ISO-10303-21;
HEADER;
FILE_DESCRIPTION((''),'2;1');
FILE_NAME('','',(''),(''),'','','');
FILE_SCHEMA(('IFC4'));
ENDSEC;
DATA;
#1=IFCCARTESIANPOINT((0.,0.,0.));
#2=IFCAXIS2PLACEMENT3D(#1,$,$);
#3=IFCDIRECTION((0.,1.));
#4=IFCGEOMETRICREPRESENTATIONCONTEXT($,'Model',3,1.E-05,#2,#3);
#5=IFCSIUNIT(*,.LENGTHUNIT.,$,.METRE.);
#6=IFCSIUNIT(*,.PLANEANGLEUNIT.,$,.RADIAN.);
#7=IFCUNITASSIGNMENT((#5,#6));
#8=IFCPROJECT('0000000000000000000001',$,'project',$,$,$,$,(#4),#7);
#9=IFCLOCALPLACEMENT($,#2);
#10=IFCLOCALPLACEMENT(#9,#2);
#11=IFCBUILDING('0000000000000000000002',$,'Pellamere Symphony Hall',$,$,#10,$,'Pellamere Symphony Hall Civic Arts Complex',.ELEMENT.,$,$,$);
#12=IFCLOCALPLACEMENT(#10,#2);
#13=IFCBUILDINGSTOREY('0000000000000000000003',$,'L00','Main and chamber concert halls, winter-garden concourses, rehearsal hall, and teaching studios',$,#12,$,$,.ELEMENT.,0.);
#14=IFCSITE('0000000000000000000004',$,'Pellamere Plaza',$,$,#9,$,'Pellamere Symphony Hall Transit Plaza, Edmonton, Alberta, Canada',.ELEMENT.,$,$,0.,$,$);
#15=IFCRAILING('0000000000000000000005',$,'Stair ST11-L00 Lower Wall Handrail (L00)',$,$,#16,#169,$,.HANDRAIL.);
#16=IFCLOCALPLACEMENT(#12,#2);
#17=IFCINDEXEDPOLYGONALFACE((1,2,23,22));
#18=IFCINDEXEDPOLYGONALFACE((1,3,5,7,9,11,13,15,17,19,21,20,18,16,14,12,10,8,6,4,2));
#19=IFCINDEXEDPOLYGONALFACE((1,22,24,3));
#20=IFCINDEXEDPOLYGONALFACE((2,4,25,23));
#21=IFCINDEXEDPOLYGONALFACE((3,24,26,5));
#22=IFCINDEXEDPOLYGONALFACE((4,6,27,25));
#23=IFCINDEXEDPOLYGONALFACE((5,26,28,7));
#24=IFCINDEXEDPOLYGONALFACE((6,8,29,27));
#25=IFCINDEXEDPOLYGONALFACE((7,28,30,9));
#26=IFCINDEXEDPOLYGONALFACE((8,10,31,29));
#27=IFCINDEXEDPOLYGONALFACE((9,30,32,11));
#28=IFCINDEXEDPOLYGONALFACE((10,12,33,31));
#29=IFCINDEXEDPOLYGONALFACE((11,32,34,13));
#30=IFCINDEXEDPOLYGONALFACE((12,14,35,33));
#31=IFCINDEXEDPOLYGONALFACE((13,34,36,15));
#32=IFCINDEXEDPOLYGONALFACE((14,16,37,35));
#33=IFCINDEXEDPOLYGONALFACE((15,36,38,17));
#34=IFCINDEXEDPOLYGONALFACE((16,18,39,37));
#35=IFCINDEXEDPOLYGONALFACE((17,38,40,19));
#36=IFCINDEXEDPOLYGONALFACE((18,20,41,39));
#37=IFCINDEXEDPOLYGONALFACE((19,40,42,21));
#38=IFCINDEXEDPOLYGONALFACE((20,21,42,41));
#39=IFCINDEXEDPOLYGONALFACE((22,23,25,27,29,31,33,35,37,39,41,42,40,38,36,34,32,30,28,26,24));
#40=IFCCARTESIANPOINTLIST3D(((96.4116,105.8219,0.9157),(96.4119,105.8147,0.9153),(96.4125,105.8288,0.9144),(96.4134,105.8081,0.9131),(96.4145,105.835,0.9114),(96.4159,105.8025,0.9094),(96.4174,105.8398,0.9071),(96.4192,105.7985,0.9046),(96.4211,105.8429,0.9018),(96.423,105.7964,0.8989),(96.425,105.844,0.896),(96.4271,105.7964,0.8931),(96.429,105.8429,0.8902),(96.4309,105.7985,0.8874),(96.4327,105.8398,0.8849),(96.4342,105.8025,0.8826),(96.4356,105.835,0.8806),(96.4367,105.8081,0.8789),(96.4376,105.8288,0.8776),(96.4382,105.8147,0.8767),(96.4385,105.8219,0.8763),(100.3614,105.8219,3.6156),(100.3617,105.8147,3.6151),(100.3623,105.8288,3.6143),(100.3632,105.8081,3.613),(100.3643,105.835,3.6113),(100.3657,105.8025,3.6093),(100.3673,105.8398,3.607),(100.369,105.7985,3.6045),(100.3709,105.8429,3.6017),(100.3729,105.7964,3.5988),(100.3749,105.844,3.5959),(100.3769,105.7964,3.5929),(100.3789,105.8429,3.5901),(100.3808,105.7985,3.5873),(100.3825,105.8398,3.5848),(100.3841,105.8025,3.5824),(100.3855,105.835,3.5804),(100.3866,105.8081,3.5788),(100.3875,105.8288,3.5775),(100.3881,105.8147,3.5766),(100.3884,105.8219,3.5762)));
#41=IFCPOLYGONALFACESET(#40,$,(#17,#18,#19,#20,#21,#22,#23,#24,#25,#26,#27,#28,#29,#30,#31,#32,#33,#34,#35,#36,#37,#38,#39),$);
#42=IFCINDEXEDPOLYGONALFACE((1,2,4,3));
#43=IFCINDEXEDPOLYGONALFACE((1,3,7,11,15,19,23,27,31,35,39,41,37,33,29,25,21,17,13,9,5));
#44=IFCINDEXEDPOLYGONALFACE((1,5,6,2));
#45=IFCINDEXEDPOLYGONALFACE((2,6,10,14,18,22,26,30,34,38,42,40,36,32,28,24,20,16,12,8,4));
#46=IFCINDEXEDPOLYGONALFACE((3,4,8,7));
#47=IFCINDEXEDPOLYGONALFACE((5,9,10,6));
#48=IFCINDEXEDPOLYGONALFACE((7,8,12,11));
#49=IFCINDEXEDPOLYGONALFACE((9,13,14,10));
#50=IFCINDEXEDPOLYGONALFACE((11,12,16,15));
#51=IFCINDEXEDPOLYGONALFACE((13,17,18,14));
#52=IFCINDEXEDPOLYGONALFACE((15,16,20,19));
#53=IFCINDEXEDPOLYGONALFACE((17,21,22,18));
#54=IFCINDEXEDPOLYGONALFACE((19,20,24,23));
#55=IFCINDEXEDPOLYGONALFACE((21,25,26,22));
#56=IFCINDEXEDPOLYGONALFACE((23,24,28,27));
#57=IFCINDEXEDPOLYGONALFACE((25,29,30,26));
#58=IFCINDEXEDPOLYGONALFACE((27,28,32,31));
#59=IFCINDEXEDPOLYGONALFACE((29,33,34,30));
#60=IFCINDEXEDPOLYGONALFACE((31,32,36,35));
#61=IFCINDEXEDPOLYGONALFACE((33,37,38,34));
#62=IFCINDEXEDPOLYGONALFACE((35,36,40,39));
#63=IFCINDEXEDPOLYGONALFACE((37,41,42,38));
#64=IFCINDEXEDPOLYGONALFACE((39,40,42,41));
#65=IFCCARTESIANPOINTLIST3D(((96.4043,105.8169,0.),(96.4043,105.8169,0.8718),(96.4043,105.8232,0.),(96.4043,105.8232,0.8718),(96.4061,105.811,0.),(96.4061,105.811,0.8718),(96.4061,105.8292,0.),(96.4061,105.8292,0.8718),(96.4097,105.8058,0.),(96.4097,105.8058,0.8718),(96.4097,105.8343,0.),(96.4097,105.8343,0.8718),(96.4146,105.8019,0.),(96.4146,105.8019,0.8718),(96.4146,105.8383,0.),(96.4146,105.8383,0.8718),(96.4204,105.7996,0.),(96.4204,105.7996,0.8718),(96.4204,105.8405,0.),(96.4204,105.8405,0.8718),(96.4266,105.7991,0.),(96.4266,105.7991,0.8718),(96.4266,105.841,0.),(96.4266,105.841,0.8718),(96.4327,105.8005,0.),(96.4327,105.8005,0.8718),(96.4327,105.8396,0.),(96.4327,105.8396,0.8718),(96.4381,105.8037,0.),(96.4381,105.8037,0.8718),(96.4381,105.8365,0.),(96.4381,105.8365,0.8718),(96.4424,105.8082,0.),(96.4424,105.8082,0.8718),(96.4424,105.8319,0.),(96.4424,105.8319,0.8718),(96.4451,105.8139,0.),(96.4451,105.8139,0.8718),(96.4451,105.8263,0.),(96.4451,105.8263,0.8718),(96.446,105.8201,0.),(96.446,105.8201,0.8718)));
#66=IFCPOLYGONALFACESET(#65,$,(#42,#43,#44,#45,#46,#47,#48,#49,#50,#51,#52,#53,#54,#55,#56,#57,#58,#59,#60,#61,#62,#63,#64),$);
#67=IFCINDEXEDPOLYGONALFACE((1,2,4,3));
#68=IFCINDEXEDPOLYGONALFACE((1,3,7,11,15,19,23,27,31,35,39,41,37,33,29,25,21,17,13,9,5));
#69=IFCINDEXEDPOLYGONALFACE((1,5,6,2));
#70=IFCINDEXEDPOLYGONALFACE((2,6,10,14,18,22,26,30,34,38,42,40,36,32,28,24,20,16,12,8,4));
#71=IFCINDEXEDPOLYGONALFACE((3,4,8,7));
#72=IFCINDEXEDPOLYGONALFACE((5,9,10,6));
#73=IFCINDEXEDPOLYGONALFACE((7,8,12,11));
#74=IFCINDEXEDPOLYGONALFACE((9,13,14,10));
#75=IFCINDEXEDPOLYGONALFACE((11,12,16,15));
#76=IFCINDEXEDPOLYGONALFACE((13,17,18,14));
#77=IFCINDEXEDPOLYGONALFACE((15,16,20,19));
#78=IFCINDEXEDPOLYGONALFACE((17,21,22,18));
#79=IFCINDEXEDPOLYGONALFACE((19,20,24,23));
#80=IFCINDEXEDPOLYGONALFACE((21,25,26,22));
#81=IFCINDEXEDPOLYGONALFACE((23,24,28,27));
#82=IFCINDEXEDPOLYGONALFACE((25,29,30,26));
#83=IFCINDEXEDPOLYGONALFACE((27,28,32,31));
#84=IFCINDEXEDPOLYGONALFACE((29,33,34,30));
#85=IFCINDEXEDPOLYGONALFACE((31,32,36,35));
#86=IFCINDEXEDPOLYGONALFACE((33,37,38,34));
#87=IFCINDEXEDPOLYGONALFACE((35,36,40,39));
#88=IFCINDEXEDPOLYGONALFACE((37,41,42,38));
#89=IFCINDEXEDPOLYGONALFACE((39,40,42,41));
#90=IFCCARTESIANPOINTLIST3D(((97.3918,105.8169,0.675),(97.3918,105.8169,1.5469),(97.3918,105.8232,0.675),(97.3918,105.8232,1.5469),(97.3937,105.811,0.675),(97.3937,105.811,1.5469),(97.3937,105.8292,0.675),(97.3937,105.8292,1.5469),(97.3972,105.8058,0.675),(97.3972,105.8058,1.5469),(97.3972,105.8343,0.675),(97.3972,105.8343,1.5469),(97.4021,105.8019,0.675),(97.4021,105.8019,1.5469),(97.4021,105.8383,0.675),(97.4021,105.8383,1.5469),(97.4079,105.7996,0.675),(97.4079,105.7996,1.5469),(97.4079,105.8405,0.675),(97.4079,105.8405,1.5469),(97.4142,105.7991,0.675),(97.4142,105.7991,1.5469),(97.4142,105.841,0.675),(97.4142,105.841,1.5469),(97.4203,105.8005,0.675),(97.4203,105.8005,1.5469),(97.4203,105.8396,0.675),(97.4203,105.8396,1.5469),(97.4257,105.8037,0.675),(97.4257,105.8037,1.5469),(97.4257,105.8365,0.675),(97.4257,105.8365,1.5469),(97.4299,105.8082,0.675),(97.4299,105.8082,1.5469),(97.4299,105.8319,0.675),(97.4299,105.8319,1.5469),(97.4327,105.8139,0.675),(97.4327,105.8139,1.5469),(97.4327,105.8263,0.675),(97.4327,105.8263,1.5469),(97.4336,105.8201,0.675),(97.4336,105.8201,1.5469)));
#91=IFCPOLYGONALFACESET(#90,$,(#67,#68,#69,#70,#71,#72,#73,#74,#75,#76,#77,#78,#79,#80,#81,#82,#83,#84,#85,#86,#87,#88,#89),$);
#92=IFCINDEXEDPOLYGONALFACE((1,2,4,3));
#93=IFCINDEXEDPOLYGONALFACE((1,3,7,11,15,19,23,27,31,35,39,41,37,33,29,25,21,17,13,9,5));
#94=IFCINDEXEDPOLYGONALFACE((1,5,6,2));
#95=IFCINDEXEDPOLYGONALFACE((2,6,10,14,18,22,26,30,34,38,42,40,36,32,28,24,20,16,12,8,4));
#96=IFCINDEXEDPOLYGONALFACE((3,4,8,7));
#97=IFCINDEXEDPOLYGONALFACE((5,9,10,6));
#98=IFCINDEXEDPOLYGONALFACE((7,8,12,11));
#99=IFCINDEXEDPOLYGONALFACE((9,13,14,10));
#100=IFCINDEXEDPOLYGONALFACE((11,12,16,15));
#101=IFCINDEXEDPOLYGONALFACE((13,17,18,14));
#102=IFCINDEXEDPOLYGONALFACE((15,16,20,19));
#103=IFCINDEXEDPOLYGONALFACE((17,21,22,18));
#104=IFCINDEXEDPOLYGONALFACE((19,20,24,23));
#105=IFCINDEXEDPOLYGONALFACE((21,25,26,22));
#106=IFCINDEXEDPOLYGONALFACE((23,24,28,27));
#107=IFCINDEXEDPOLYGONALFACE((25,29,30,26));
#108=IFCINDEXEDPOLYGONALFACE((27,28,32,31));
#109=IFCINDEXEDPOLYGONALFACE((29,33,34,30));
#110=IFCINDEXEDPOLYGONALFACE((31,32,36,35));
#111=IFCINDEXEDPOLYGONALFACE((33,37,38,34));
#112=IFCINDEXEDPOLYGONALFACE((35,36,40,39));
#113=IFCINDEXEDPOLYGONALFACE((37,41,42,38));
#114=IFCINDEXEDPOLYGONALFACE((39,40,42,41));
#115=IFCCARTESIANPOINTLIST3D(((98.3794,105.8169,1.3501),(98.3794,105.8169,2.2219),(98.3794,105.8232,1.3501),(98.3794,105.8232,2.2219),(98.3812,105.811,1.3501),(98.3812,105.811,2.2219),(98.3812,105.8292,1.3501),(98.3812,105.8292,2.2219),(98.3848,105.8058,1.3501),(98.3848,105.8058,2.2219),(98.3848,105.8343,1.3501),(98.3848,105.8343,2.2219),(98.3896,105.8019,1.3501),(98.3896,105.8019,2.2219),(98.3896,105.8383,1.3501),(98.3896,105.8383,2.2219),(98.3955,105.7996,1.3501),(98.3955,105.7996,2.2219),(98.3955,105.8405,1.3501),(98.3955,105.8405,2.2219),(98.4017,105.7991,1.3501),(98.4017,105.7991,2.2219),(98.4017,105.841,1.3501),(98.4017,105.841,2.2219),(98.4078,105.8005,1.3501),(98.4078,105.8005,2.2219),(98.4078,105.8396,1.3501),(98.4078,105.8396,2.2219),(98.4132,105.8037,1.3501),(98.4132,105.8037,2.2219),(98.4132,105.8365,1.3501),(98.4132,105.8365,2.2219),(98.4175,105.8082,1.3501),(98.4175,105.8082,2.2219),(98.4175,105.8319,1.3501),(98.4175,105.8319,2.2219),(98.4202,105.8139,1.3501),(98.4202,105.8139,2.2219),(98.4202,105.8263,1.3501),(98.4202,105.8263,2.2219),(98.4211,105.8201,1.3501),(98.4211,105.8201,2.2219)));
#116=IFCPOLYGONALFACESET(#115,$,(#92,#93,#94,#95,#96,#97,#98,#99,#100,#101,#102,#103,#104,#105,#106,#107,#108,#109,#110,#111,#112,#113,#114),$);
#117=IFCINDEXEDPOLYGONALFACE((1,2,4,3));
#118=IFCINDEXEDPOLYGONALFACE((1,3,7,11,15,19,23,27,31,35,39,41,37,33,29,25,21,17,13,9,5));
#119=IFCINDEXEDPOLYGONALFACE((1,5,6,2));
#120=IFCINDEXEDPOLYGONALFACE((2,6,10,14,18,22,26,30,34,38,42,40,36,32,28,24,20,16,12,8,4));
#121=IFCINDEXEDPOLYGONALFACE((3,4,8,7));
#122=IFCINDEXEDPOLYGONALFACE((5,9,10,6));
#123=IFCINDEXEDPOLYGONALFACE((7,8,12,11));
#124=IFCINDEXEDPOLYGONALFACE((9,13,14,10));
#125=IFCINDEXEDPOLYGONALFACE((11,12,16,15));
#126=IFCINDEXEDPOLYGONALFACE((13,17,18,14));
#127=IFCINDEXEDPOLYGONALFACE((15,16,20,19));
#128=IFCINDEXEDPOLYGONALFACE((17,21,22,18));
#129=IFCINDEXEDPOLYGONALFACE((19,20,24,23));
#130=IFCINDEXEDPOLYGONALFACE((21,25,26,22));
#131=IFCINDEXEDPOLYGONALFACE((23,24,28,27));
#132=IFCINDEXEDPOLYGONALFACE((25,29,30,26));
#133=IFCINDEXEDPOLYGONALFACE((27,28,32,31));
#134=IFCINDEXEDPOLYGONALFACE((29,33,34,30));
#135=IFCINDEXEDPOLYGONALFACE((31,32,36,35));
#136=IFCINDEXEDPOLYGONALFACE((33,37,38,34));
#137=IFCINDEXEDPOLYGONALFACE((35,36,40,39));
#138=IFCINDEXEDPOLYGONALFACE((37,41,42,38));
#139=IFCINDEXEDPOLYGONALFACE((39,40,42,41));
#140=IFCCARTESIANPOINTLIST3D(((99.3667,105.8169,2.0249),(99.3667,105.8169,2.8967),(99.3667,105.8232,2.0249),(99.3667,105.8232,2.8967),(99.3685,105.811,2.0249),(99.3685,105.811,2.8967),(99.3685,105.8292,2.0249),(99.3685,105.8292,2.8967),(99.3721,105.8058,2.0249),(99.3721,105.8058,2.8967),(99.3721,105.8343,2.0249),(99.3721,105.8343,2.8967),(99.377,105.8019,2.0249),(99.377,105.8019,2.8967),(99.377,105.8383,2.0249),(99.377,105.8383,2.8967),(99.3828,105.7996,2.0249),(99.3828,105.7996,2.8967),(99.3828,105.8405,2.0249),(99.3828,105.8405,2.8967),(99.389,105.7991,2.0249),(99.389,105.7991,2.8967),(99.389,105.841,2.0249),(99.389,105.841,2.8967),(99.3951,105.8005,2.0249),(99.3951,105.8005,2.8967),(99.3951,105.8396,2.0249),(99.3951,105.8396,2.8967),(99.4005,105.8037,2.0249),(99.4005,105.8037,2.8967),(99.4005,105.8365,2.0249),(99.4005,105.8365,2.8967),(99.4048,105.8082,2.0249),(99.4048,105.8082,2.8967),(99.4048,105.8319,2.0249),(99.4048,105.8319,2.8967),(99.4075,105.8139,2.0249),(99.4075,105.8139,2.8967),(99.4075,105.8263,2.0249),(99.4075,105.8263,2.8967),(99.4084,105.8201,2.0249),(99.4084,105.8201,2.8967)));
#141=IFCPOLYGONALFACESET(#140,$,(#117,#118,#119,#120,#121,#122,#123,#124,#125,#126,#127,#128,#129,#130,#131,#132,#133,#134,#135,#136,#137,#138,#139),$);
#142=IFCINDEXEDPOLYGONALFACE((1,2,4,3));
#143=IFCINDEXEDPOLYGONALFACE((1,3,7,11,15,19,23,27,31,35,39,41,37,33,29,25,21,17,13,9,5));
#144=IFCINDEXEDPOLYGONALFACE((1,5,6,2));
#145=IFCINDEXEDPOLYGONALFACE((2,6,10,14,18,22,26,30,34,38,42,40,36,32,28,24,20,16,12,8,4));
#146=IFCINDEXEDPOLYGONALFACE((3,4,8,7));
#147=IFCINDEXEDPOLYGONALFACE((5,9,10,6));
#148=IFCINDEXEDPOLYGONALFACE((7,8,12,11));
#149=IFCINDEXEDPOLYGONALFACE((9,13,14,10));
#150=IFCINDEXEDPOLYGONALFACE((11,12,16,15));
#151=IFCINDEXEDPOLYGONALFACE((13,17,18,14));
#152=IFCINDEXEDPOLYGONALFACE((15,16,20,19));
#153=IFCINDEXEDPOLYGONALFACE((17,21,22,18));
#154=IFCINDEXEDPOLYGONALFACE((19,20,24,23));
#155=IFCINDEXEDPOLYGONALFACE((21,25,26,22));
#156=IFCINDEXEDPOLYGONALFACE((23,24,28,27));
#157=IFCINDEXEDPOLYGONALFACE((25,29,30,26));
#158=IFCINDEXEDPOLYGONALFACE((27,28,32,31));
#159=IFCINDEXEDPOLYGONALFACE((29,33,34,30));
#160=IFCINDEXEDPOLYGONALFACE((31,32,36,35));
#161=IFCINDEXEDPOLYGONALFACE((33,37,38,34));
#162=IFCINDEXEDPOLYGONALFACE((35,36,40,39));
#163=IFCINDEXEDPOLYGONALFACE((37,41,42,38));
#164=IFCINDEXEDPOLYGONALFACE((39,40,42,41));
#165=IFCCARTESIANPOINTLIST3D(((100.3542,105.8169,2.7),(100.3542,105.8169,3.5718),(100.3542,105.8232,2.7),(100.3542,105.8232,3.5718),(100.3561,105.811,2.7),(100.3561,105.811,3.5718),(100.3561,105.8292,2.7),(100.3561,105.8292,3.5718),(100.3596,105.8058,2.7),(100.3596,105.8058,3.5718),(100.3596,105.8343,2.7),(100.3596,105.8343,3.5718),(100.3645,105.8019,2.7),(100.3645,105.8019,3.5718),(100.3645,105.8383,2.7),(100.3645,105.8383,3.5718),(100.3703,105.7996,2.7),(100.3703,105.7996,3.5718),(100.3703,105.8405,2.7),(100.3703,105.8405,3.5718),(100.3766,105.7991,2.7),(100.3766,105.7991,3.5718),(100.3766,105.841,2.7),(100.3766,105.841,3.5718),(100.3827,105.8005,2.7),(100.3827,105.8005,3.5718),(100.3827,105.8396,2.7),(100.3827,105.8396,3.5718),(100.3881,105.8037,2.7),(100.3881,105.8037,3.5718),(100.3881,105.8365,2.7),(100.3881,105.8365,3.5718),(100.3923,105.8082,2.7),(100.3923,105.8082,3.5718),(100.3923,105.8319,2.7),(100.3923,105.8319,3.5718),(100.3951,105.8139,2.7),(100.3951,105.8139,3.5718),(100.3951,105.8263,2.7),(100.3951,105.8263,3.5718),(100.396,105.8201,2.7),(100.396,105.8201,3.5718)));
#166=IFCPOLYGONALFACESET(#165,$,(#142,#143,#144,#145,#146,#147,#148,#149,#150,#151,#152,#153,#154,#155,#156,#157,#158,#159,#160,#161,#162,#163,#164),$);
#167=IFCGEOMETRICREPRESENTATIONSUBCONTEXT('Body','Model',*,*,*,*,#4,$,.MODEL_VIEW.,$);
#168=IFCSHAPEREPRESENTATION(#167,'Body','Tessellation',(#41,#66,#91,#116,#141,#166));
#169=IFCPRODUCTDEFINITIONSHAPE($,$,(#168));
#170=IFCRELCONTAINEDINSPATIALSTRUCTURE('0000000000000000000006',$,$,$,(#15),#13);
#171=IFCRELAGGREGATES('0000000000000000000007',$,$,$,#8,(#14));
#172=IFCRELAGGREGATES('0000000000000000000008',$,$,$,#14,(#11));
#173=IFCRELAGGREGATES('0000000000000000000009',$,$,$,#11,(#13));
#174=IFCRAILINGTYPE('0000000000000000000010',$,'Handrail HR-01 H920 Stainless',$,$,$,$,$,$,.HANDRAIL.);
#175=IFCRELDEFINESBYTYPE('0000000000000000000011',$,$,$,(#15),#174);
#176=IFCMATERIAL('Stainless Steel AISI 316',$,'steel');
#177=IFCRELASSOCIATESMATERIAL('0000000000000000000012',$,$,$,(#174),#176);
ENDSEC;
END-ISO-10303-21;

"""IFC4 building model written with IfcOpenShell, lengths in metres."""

from ifc_helpers import new_model, si_unit, direction, frame, origin, origin_2d, place, context, subcontext, project, spatial, circle, extrude, material, type_object, element, save


model = new_model("IFC4")

# Units and contexts
model_context = context("Model", 3, precision=1e-05, world=origin(), true_north=direction((0.0, 1.0)))
body_context = subcontext(model_context, "Body", "Model", "MODEL_VIEW")
ifc_project = project(units=[si_unit("LENGTHUNIT", "METRE"), si_unit("PLANEANGLEUNIT", "RADIAN")], contexts=[model_context])

# Site, building, storey
site_placement = place(None, origin())
site = spatial("IfcSite", under=ifc_project, at=site_placement, Name="Pellamere Plaza", LongName="Pellamere Symphony Hall Transit Plaza, Edmonton, Alberta, Canada", CompositionType="ELEMENT", RefElevation=0.0)
building_placement = place(site_placement, origin())
building = spatial("IfcBuilding", under=site, at=building_placement, Name="Pellamere Symphony Hall", LongName="Pellamere Symphony Hall Civic Arts Complex", CompositionType="ELEMENT")
storey_placement = place(building_placement, origin())
storey = spatial("IfcBuildingStorey", under=building, at=storey_placement, Name="L00", Description="Main and chamber concert halls, winter-garden concourses, rehearsal hall, and teaching studios", CompositionType="ELEMENT", Elevation=0.0)

# Railing
ifc_material_1 = material(Name="Stainless Steel AISI 316", Category="steel")
railing_type_1 = type_object("IfcRailingType", Name="Handrail HR-01 H920 Stainless", PredefinedType="HANDRAIL", material=ifc_material_1)
railing_1_placement = place(storey_placement, frame((96.425, 105.8201, 0.0)))
element("IfcRailing", 1, at=railing_1_placement, inside=storey, type_object=railing_type_1, Name="Stair ST11-L00 Lower Wall Handrail (L00)", PredefinedType="HANDRAIL", context=body_context, shape_type="SweptSolid", body=[
    extrude(circle(Radius=0.0239, at=origin_2d()), frame((0.0, 0.0, 0.896), z_axis=(0.825565, 0.0, 0.564307), x_axis=(0.0, 1.0, 0.0)), (0.0, 0.0, 1.0), 4.7844),
    extrude(circle(Radius=0.021, at=origin_2d()), origin(), (0.0, 0.0, 1.0), 0.8718),
    extrude(circle(Radius=0.021, at=origin_2d()), frame((0.9875, 0.0, 0.675)), (0.0, 0.0, 1.0), 0.8718),
    extrude(circle(Radius=0.021, at=origin_2d()), frame((1.9751, 0.0, 1.3501)), (0.0, 0.0, 1.0), 0.8718),
    extrude(circle(Radius=0.021, at=origin_2d()), frame((2.9624, 0.0, 2.0249)), (0.0, 0.0, 1.0), 0.8718),
    extrude(circle(Radius=0.021, at=origin_2d()), frame((3.95, 0.0, 2.7)), (0.0, 0.0, 1.0), 0.8718),
])

save(model, "model.ifc")
